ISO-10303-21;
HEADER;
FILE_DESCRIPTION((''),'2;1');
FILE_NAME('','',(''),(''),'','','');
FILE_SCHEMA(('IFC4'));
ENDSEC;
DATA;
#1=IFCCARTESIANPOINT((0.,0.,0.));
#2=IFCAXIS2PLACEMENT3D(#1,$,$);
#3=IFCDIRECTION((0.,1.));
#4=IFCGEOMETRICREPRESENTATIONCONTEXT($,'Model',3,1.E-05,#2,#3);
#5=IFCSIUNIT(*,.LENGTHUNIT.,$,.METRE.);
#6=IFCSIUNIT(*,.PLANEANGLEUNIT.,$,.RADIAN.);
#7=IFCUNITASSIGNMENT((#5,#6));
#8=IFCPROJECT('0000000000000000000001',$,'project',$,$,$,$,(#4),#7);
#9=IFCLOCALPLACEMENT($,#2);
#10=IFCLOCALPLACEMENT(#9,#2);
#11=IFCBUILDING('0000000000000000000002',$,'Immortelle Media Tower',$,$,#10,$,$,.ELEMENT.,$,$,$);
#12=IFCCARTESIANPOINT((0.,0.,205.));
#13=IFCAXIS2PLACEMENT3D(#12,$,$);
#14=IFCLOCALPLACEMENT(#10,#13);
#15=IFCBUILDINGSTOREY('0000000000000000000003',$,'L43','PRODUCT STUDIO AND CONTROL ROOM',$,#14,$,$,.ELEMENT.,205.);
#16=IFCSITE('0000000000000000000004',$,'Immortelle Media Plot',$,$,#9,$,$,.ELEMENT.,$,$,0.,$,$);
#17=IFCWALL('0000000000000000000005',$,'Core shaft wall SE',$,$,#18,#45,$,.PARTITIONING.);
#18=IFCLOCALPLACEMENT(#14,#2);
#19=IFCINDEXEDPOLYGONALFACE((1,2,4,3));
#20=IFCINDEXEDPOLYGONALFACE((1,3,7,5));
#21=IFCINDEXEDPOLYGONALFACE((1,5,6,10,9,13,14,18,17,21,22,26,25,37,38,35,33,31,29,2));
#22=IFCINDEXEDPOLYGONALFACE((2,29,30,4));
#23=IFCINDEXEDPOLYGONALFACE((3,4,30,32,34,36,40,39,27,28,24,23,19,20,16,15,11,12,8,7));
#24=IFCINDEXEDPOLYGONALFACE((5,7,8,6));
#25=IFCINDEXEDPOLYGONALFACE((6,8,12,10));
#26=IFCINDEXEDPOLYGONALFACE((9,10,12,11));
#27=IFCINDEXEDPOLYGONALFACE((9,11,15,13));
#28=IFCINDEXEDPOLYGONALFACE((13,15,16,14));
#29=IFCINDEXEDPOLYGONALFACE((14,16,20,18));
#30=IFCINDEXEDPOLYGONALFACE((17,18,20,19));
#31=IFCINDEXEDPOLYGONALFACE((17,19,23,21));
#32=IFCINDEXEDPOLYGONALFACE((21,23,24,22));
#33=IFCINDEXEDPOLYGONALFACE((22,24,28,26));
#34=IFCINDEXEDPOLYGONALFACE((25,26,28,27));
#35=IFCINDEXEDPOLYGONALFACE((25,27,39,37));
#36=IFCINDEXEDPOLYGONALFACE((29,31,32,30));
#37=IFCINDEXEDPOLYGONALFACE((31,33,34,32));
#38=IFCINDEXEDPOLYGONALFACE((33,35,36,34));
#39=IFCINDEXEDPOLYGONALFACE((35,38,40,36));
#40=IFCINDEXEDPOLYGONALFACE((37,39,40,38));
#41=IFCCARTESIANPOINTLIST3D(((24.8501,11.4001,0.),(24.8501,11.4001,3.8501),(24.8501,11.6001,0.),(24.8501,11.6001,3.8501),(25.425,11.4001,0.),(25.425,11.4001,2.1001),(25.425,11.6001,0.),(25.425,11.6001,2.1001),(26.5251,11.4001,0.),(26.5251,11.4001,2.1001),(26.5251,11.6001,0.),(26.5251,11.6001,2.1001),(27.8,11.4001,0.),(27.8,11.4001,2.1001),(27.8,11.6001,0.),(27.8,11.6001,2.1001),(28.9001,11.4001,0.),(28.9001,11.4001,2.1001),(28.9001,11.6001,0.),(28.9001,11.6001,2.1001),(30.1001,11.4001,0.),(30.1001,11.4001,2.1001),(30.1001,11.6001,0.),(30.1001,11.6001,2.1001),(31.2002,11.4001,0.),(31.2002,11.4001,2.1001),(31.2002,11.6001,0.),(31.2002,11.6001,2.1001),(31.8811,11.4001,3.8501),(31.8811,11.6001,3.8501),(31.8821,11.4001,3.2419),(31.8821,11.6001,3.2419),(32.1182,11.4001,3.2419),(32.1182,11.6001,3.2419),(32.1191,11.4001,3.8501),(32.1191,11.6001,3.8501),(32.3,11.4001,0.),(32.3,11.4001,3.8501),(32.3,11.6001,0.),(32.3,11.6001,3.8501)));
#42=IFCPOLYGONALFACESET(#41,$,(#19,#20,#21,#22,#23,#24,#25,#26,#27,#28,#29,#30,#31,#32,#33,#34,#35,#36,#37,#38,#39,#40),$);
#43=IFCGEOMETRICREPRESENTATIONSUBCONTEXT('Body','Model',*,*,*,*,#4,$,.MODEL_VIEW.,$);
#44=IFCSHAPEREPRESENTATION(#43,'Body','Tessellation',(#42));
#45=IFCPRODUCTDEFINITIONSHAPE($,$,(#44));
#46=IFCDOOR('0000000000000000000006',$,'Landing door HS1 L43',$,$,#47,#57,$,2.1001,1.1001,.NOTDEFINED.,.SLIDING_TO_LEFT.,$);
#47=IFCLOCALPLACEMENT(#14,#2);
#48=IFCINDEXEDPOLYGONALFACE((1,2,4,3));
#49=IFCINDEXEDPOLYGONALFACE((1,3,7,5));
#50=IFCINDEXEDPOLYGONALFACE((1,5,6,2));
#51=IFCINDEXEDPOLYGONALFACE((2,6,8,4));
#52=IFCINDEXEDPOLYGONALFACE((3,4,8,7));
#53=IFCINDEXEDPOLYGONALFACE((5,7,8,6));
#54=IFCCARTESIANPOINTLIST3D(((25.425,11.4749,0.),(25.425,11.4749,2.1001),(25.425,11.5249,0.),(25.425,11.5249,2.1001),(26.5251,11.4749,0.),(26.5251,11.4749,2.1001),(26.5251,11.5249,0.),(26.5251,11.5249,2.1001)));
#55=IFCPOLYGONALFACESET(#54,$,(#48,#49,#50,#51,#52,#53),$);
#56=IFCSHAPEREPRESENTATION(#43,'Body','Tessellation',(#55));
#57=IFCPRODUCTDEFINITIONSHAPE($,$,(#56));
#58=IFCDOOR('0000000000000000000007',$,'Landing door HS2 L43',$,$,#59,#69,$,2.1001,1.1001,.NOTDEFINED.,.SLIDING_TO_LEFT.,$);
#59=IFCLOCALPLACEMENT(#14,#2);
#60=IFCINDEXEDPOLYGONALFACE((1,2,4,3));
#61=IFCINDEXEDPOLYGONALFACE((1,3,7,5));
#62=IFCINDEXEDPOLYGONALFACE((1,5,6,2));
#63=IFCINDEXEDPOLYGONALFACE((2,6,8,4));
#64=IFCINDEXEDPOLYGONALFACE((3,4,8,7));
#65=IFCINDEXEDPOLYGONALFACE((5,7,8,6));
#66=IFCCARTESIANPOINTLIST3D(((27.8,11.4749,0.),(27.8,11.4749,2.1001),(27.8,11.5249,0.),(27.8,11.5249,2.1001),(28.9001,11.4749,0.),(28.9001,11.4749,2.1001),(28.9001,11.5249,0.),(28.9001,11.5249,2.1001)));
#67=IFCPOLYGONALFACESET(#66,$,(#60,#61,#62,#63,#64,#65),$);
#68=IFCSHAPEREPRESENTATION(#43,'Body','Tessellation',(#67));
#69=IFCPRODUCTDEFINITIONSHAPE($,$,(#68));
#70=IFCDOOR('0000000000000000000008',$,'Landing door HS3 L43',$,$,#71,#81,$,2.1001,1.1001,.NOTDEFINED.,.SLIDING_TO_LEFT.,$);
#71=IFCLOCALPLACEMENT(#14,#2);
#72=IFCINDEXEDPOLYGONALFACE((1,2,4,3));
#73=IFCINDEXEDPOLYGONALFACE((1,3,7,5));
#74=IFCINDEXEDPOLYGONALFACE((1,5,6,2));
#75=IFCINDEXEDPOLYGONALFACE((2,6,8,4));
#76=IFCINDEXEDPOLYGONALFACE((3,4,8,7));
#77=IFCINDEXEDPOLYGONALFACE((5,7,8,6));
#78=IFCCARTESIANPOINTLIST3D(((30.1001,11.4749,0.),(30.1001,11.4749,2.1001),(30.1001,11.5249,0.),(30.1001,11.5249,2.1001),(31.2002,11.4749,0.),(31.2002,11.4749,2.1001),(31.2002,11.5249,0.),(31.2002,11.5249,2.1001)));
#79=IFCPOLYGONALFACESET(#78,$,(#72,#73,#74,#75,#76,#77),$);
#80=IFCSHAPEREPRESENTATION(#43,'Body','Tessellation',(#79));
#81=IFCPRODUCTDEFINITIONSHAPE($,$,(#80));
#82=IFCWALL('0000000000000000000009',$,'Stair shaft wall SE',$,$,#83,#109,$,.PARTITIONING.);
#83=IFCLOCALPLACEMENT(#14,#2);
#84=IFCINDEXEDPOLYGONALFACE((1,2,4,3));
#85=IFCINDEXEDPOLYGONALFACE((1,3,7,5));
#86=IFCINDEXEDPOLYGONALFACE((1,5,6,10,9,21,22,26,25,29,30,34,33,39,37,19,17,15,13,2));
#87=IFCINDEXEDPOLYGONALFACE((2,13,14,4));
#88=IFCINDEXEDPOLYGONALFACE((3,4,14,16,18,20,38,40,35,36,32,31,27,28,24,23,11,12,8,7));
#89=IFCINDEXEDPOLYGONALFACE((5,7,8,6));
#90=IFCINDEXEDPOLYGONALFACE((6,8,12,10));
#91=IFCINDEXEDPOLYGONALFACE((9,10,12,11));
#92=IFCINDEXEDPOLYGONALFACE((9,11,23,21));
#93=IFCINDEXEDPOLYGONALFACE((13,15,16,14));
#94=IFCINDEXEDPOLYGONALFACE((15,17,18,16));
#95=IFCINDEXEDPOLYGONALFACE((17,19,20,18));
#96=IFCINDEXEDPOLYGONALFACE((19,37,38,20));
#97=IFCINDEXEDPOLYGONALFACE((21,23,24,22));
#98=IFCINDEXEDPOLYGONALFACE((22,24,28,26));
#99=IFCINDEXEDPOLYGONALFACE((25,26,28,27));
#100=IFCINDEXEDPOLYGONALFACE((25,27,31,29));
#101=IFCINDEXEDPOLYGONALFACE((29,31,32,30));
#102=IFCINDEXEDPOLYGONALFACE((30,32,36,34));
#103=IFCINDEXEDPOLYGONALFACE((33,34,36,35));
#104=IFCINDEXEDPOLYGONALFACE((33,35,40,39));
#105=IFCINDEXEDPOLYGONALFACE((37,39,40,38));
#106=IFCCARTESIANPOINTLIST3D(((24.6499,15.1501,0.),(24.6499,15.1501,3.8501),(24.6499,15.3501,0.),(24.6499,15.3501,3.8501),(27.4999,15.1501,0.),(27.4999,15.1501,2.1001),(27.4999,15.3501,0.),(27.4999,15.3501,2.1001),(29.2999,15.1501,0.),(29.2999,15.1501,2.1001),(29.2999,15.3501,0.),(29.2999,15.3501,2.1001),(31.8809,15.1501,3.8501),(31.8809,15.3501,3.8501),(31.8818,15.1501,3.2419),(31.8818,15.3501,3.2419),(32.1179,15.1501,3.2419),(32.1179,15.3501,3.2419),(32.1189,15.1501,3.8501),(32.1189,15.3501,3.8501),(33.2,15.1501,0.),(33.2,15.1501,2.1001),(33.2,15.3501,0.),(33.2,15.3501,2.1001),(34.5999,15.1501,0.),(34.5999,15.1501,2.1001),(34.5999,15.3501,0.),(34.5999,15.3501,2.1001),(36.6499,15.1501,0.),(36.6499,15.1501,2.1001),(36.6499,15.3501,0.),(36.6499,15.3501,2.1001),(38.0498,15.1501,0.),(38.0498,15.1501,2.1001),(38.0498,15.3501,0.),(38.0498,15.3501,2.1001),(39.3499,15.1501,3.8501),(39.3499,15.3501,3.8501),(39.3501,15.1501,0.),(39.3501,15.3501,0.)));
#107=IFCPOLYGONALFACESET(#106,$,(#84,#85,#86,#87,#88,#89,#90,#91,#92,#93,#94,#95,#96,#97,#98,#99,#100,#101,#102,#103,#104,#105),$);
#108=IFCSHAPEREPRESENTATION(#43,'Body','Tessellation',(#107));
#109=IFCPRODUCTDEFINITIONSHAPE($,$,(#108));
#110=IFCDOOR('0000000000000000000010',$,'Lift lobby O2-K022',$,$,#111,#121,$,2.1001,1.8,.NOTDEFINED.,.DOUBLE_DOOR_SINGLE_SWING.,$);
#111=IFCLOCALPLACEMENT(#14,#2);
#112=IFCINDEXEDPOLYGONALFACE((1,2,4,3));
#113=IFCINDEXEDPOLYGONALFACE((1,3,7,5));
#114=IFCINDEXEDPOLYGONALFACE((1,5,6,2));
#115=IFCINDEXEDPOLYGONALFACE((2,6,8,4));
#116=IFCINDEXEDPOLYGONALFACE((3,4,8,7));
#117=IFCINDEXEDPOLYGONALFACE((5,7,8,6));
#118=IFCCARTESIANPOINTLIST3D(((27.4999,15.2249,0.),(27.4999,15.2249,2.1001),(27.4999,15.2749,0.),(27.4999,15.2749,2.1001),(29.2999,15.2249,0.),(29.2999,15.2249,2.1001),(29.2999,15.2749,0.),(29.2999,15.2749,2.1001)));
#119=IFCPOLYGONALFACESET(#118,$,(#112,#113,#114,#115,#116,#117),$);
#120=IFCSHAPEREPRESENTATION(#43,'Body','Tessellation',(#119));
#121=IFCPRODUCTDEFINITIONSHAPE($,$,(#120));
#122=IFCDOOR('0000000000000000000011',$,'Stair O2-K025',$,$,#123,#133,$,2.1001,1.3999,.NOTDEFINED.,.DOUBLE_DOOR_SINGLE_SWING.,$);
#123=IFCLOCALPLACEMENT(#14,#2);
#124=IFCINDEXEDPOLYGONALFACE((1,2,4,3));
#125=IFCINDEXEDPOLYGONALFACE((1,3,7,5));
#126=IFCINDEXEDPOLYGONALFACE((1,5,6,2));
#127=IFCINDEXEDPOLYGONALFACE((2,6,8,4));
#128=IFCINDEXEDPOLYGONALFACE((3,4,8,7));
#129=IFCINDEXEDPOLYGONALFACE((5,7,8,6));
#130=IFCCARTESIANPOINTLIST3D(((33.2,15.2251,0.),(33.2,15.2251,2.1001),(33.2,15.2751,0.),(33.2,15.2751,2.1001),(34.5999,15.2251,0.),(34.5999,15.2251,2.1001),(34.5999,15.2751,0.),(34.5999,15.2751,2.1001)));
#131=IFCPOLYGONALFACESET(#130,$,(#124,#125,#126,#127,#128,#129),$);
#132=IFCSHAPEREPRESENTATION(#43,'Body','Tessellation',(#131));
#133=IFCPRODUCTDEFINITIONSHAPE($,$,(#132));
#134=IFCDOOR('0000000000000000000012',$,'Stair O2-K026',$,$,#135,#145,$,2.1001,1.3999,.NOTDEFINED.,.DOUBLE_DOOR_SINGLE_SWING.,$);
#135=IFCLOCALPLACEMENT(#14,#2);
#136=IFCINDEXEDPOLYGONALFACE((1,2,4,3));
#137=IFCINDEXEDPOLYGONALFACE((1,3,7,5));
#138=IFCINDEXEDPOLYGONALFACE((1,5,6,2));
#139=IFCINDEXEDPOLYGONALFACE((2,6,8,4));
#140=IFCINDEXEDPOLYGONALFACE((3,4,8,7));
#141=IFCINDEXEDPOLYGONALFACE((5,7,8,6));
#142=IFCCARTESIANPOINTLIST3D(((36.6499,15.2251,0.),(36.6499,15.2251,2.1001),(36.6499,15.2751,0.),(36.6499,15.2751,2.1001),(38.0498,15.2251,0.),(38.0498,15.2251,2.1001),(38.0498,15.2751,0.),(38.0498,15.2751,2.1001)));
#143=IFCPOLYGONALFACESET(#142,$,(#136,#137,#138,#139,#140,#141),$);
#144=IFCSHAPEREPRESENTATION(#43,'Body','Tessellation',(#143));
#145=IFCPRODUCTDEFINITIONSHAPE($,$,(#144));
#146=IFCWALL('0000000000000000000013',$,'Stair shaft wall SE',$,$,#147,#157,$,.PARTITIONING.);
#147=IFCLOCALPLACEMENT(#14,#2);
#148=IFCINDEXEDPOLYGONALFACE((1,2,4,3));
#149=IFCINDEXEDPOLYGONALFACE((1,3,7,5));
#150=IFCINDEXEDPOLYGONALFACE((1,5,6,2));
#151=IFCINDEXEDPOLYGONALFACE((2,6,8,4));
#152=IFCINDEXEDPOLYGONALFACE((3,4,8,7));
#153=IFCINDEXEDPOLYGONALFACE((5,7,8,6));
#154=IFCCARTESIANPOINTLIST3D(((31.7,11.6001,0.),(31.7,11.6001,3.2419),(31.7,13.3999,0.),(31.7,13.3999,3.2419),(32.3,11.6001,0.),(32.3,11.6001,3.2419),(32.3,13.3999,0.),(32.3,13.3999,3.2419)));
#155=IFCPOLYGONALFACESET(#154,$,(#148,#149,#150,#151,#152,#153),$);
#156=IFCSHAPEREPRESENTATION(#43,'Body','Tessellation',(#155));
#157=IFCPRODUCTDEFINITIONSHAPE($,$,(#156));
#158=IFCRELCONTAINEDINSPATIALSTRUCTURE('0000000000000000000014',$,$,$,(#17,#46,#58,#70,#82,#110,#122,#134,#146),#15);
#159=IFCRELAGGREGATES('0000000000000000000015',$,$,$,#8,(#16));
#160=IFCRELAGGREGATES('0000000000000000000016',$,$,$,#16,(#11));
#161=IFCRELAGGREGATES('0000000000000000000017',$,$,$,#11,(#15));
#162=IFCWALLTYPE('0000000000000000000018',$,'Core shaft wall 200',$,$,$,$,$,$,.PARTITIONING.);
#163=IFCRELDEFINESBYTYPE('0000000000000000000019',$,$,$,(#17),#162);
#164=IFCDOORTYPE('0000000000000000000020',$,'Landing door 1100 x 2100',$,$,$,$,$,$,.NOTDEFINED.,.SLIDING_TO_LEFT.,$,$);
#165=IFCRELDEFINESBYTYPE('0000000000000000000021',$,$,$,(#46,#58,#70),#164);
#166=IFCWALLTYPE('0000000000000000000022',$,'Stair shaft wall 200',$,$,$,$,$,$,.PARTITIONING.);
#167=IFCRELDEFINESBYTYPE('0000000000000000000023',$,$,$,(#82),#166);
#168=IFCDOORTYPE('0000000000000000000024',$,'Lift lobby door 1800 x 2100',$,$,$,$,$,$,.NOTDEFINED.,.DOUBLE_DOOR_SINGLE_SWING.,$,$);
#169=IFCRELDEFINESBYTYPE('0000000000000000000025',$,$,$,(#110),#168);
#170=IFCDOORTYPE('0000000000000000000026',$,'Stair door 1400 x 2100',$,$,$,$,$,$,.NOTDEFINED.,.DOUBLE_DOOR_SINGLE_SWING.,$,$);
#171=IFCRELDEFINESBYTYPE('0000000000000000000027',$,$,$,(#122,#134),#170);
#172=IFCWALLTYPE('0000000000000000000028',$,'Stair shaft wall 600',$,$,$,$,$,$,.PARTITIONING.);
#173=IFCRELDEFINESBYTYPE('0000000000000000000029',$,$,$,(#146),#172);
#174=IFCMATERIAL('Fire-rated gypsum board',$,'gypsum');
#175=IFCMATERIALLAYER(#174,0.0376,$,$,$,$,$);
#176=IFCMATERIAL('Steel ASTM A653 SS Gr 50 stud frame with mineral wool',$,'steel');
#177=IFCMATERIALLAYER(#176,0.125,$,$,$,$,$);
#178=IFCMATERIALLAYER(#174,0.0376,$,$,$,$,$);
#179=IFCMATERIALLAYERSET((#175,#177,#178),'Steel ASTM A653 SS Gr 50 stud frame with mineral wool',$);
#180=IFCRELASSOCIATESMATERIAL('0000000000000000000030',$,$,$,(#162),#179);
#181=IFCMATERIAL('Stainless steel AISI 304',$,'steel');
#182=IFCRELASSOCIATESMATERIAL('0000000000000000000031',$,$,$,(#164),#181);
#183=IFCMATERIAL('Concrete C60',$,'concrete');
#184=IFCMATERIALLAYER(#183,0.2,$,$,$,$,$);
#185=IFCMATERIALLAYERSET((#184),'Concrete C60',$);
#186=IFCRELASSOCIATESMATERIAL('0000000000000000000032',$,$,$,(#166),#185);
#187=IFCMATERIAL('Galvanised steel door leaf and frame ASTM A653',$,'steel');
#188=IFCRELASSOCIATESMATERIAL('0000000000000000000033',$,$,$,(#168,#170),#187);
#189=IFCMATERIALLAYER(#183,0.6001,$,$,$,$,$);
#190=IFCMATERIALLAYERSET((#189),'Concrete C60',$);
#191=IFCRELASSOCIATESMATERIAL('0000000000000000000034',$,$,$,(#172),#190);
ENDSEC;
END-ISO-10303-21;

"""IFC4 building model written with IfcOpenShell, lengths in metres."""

from ifc_helpers import new_model, si_unit, direction, frame, frame_2d, origin, place, context, subcontext, project, spatial, polyline, rectangle, outline, extrude, material, layer, layer_set, type_object, element, fill, save


model = new_model("IFC4")

# Units and contexts
model_context = context("Model", 3, precision=1e-05, world=origin(), true_north=direction((0.0, 1.0)))
body_context = subcontext(model_context, "Body", "Model", "MODEL_VIEW")
ifc_project = project(units=[si_unit("LENGTHUNIT", "METRE"), si_unit("PLANEANGLEUNIT", "RADIAN")], contexts=[model_context])

# Site, building, storey
site_placement = place(None, origin())
site = spatial("IfcSite", under=ifc_project, at=site_placement, Name="Immortelle Media Plot", CompositionType="ELEMENT", RefElevation=0.0)
building_placement = place(site_placement, origin())
building = spatial("IfcBuilding", under=site, at=building_placement, Name="Immortelle Media Tower", CompositionType="ELEMENT")
storey_placement = place(building_placement, frame((0.0, 0.0, 205.0)))
storey = spatial("IfcBuildingStorey", under=building, at=storey_placement, Name="L43", Description="PRODUCT STUDIO AND CONTROL ROOM", CompositionType="ELEMENT", Elevation=205.0)

# Shared definitions
ifc_material_1 = material(Name="Fire-rated gypsum board", Category="gypsum")
ifc_material_2 = material(Name="Steel ASTM A653 SS Gr 50 stud frame with mineral wool", Category="steel")

# Shared definitions
ifc_material_3 = material(Name="Galvanised steel door leaf and frame ASTM A653", Category="steel")

# Shared definitions
ifc_layer_1 = layer(ifc_material_1, 0.0376)
ifc_layer_2 = layer(ifc_material_2, 0.125)
ifc_layer_3 = layer(ifc_material_1, 0.0376)
ifc_layer_set_1 = layer_set([ifc_layer_1, ifc_layer_2, ifc_layer_3], Name="Steel ASTM A653 SS Gr 50 stud frame with mineral wool")
wall_type_1 = type_object("IfcWallType", Name="Core shaft wall 200", PredefinedType="PARTITIONING", material=ifc_layer_set_1)

# Walls, openings, doors
wall_1_placement = place(storey_placement, frame((24.8501, 11.5, 0.0), z_axis=(0.0, 0.0, 1.0), x_axis=(1.0, 0.0, 0.0)))
wall_1 = element("IfcWall", 1, at=wall_1_placement, inside=storey, type_object=wall_type_1, Name="Core shaft wall SE", PredefinedType="PARTITIONING", context=body_context, shape_type="SweptSolid", body=[
    extrude(outline(polyline([(0.0, 0.0), (7.45, 0.0), (7.45, 3.8501), (7.269, 3.8501), (7.2681, 3.2419), (7.032, 3.2419), (7.031, 3.8501), (0.0, 3.8501), (0.0, 0.0)])), frame((0.0, 0.1001, 0.0), z_axis=(0.0, -1.0, 0.0), x_axis=(1.0, 0.0, 0.0)), (0.0, 0.0, 1.0), 0.2),
])
opening_1_placement = place(wall_1_placement, frame((0.575, 0.0, 0.0)))
opening_1 = element("IfcOpeningElement", 2, at=opening_1_placement, cuts=wall_1, PredefinedType="OPENING", context=body_context, shape_type="SweptSolid", body=[
    extrude(rectangle(XDim=1.1001, YDim=2.1001, at=frame_2d((0.55, 1.05))), frame((0.0, 0.1099, 0.0), z_axis=(0.0, -1.0, 0.0), x_axis=(1.0, 0.0, 0.0)), (0.0, 0.0, 1.0), 0.22),
])
opening_2_placement = place(wall_1_placement, frame((2.95, 0.0, 0.0)))
opening_2 = element("IfcOpeningElement", 3, at=opening_2_placement, cuts=wall_1, PredefinedType="OPENING", context=body_context, shape_type="SweptSolid", body=[
    extrude(rectangle(XDim=1.1001, YDim=2.1001, at=frame_2d((0.55, 1.05))), frame((0.0, 0.1099, 0.0), z_axis=(0.0, -1.0, 0.0), x_axis=(1.0, 0.0, 0.0)), (0.0, 0.0, 1.0), 0.22),
])
opening_3_placement = place(wall_1_placement, frame((5.25, 0.0, 0.0)))
opening_3 = element("IfcOpeningElement", 4, at=opening_3_placement, cuts=wall_1, PredefinedType="OPENING", context=body_context, shape_type="SweptSolid", body=[
    extrude(rectangle(XDim=1.1001, YDim=2.1001, at=frame_2d((0.55, 1.05))), frame((0.0, 0.1099, 0.0), z_axis=(0.0, -1.0, 0.0), x_axis=(1.0, 0.0, 0.0)), (0.0, 0.0, 1.0), 0.22),
])
ifc_material_4 = material(Name="Stainless steel AISI 304", Category="steel")
door_type_1 = type_object("IfcDoorType", Name="Landing door 1100 x 2100", OperationType="SLIDING_TO_LEFT", PredefinedType="NOTDEFINED", material=ifc_material_4)
door_1_placement = place(opening_1_placement, origin())
door_1 = element("IfcDoor", 5, at=door_1_placement, inside=storey, type_object=door_type_1, Name="Landing door HS1 L43", OperationType="SLIDING_TO_LEFT", OverallHeight=2.1001, OverallWidth=1.1001, PredefinedType="NOTDEFINED", context=body_context, shape_type="SweptSolid", body=[
    extrude(rectangle(XDim=1.1001, YDim=2.1001, at=frame_2d((0.55, 1.05))), frame((0.0, 0.0249, 0.0), z_axis=(0.0, -1.0, 0.0), x_axis=(1.0, 0.0, 0.0)), (0.0, 0.0, 1.0), 0.05),
])
fill(opening_1, door_1)
door_2_placement = place(opening_2_placement, origin())
door_2 = element("IfcDoor", 6, at=door_2_placement, inside=storey, type_object=door_type_1, Name="Landing door HS2 L43", OperationType="SLIDING_TO_LEFT", OverallHeight=2.1001, OverallWidth=1.1001, PredefinedType="NOTDEFINED", context=body_context, shape_type="SweptSolid", body=[
    extrude(rectangle(XDim=1.1001, YDim=2.1001, at=frame_2d((0.55, 1.05))), frame((0.0, 0.0249, 0.0), z_axis=(0.0, -1.0, 0.0), x_axis=(1.0, 0.0, 0.0)), (0.0, 0.0, 1.0), 0.05),
])
fill(opening_2, door_2)
door_3_placement = place(opening_3_placement, origin())
door_3 = element("IfcDoor", 7, at=door_3_placement, inside=storey, type_object=door_type_1, Name="Landing door HS3 L43", OperationType="SLIDING_TO_LEFT", OverallHeight=2.1001, OverallWidth=1.1001, PredefinedType="NOTDEFINED", context=body_context, shape_type="SweptSolid", body=[
    extrude(rectangle(XDim=1.1001, YDim=2.1001, at=frame_2d((0.55, 1.05))), frame((0.0, 0.0249, 0.0), z_axis=(0.0, -1.0, 0.0), x_axis=(1.0, 0.0, 0.0)), (0.0, 0.0, 1.0), 0.05),
])
fill(opening_3, door_3)
ifc_material_5 = material(Name="Concrete C60", Category="concrete")
ifc_layer_4 = layer(ifc_material_5, 0.2)
ifc_layer_set_2 = layer_set([ifc_layer_4], Name="Concrete C60")
wall_type_2 = type_object("IfcWallType", Name="Stair shaft wall 200", PredefinedType="PARTITIONING", material=ifc_layer_set_2)
wall_2_placement = place(storey_placement, frame((24.6499, 15.25, 0.0), z_axis=(0.0, 0.0, 1.0), x_axis=(1.0, 0.0, 0.0)))
wall_2 = element("IfcWall", 8, at=wall_2_placement, inside=storey, type_object=wall_type_2, Name="Stair shaft wall SE", PredefinedType="PARTITIONING", context=body_context, shape_type="SweptSolid", body=[
    extrude(outline(polyline([(0.0, 0.0), (14.7002, 0.0), (14.7, 3.8501), (7.469, 3.8501), (7.468, 3.2419), (7.2319, 3.2419), (7.231, 3.8501), (0.0, 3.8501), (0.0, 0.0)])), frame((0.0, 0.1001, 0.0), z_axis=(0.0, -1.0, 0.0), x_axis=(1.0, 0.0, 0.0)), (0.0, 0.0, 1.0), 0.2),
])
opening_4_placement = place(wall_2_placement, frame((2.8501, 0.0, 0.0)))
opening_4 = element("IfcOpeningElement", 9, at=opening_4_placement, cuts=wall_2, PredefinedType="OPENING", context=body_context, shape_type="SweptSolid", body=[
    extrude(rectangle(XDim=1.8, YDim=2.1001, at=frame_2d((0.8999, 1.05))), frame((0.0, 0.1099, 0.0), z_axis=(0.0, -1.0, 0.0), x_axis=(1.0, 0.0, 0.0)), (0.0, 0.0, 1.0), 0.22),
])
opening_5_placement = place(wall_2_placement, frame((9.95, 0.0, 0.0), z_axis=(0.0, 0.0, 1.0), x_axis=(-1.0, 0.0, 0.0)))
opening_5 = element("IfcOpeningElement", 10, at=opening_5_placement, cuts=wall_2, PredefinedType="OPENING", context=body_context, shape_type="SweptSolid", body=[
    extrude(rectangle(XDim=1.3999, YDim=2.1001, at=frame_2d((0.7, 1.05))), frame((0.0, 0.1099, 0.0), z_axis=(0.0, -1.0, 0.0), x_axis=(1.0, 0.0, 0.0)), (0.0, 0.0, 1.0), 0.22),
])
opening_6_placement = place(wall_2_placement, frame((13.3999, 0.0, 0.0), z_axis=(0.0, 0.0, 1.0), x_axis=(-1.0, 0.0, 0.0)))
opening_6 = element("IfcOpeningElement", 11, at=opening_6_placement, cuts=wall_2, PredefinedType="OPENING", context=body_context, shape_type="SweptSolid", body=[
    extrude(rectangle(XDim=1.3999, YDim=2.1001, at=frame_2d((0.7, 1.05))), frame((0.0, 0.1099, 0.0), z_axis=(0.0, -1.0, 0.0), x_axis=(1.0, 0.0, 0.0)), (0.0, 0.0, 1.0), 0.22),
])
door_type_2 = type_object("IfcDoorType", Name="Lift lobby door 1800 x 2100", OperationType="DOUBLE_DOOR_SINGLE_SWING", PredefinedType="NOTDEFINED", material=ifc_material_3)
door_4_placement = place(opening_4_placement, origin())
door_4 = element("IfcDoor", 12, at=door_4_placement, inside=storey, type_object=door_type_2, Name="Lift lobby O2-K022", OperationType="DOUBLE_DOOR_SINGLE_SWING", OverallHeight=2.1001, OverallWidth=1.8, PredefinedType="NOTDEFINED", context=body_context, shape_type="SweptSolid", body=[
    extrude(rectangle(XDim=1.8, YDim=2.1001, at=frame_2d((0.8999, 1.05))), frame((0.0, 0.0249, 0.0), z_axis=(0.0, -1.0, 0.0), x_axis=(1.0, 0.0, 0.0)), (0.0, 0.0, 1.0), 0.05),
])
fill(opening_4, door_4)
door_type_3 = type_object("IfcDoorType", Name="Stair door 1400 x 2100", OperationType="DOUBLE_DOOR_SINGLE_SWING", PredefinedType="NOTDEFINED", material=ifc_material_3)
door_5_placement = place(opening_5_placement, origin())
door_5 = element("IfcDoor", 13, at=door_5_placement, inside=storey, type_object=door_type_3, Name="Stair O2-K025", OperationType="DOUBLE_DOOR_SINGLE_SWING", OverallHeight=2.1001, OverallWidth=1.3999, PredefinedType="NOTDEFINED", context=body_context, shape_type="SweptSolid", body=[
    extrude(rectangle(XDim=1.3999, YDim=2.1001, at=frame_2d((0.7, 1.05))), frame((0.0, 0.0249, 0.0), z_axis=(0.0, -1.0, 0.0), x_axis=(1.0, 0.0, 0.0)), (0.0, 0.0, 1.0), 0.05),
])
fill(opening_5, door_5)
door_6_placement = place(opening_6_placement, origin())
door_6 = element("IfcDoor", 14, at=door_6_placement, inside=storey, type_object=door_type_3, Name="Stair O2-K026", OperationType="DOUBLE_DOOR_SINGLE_SWING", OverallHeight=2.1001, OverallWidth=1.3999, PredefinedType="NOTDEFINED", context=body_context, shape_type="SweptSolid", body=[
    extrude(rectangle(XDim=1.3999, YDim=2.1001, at=frame_2d((0.7, 1.05))), frame((0.0, 0.0249, 0.0), z_axis=(0.0, -1.0, 0.0), x_axis=(1.0, 0.0, 0.0)), (0.0, 0.0, 1.0), 0.05),
])
fill(opening_6, door_6)

# Wall
ifc_layer_5 = layer(ifc_material_5, 0.6001)
ifc_layer_set_3 = layer_set([ifc_layer_5], Name="Concrete C60")
wall_type_3 = type_object("IfcWallType", Name="Stair shaft wall 600", PredefinedType="PARTITIONING", material=ifc_layer_set_3)
wall_3_placement = place(storey_placement, frame((32.0, 11.6001, 0.0), z_axis=(0.0, 0.0, 1.0), x_axis=(0.0, 1.0, 0.0)))
element("IfcWall", 15, at=wall_3_placement, inside=storey, type_object=wall_type_3, Name="Stair shaft wall SE", PredefinedType="PARTITIONING", context=body_context, shape_type="SweptSolid", body=[
    extrude(rectangle(XDim=1.7998, YDim=0.6001, at=frame_2d((0.8999, 0.0))), origin(), (0.0, 0.0, 1.0), 3.2419),
])

save(model, "model.ifc")
